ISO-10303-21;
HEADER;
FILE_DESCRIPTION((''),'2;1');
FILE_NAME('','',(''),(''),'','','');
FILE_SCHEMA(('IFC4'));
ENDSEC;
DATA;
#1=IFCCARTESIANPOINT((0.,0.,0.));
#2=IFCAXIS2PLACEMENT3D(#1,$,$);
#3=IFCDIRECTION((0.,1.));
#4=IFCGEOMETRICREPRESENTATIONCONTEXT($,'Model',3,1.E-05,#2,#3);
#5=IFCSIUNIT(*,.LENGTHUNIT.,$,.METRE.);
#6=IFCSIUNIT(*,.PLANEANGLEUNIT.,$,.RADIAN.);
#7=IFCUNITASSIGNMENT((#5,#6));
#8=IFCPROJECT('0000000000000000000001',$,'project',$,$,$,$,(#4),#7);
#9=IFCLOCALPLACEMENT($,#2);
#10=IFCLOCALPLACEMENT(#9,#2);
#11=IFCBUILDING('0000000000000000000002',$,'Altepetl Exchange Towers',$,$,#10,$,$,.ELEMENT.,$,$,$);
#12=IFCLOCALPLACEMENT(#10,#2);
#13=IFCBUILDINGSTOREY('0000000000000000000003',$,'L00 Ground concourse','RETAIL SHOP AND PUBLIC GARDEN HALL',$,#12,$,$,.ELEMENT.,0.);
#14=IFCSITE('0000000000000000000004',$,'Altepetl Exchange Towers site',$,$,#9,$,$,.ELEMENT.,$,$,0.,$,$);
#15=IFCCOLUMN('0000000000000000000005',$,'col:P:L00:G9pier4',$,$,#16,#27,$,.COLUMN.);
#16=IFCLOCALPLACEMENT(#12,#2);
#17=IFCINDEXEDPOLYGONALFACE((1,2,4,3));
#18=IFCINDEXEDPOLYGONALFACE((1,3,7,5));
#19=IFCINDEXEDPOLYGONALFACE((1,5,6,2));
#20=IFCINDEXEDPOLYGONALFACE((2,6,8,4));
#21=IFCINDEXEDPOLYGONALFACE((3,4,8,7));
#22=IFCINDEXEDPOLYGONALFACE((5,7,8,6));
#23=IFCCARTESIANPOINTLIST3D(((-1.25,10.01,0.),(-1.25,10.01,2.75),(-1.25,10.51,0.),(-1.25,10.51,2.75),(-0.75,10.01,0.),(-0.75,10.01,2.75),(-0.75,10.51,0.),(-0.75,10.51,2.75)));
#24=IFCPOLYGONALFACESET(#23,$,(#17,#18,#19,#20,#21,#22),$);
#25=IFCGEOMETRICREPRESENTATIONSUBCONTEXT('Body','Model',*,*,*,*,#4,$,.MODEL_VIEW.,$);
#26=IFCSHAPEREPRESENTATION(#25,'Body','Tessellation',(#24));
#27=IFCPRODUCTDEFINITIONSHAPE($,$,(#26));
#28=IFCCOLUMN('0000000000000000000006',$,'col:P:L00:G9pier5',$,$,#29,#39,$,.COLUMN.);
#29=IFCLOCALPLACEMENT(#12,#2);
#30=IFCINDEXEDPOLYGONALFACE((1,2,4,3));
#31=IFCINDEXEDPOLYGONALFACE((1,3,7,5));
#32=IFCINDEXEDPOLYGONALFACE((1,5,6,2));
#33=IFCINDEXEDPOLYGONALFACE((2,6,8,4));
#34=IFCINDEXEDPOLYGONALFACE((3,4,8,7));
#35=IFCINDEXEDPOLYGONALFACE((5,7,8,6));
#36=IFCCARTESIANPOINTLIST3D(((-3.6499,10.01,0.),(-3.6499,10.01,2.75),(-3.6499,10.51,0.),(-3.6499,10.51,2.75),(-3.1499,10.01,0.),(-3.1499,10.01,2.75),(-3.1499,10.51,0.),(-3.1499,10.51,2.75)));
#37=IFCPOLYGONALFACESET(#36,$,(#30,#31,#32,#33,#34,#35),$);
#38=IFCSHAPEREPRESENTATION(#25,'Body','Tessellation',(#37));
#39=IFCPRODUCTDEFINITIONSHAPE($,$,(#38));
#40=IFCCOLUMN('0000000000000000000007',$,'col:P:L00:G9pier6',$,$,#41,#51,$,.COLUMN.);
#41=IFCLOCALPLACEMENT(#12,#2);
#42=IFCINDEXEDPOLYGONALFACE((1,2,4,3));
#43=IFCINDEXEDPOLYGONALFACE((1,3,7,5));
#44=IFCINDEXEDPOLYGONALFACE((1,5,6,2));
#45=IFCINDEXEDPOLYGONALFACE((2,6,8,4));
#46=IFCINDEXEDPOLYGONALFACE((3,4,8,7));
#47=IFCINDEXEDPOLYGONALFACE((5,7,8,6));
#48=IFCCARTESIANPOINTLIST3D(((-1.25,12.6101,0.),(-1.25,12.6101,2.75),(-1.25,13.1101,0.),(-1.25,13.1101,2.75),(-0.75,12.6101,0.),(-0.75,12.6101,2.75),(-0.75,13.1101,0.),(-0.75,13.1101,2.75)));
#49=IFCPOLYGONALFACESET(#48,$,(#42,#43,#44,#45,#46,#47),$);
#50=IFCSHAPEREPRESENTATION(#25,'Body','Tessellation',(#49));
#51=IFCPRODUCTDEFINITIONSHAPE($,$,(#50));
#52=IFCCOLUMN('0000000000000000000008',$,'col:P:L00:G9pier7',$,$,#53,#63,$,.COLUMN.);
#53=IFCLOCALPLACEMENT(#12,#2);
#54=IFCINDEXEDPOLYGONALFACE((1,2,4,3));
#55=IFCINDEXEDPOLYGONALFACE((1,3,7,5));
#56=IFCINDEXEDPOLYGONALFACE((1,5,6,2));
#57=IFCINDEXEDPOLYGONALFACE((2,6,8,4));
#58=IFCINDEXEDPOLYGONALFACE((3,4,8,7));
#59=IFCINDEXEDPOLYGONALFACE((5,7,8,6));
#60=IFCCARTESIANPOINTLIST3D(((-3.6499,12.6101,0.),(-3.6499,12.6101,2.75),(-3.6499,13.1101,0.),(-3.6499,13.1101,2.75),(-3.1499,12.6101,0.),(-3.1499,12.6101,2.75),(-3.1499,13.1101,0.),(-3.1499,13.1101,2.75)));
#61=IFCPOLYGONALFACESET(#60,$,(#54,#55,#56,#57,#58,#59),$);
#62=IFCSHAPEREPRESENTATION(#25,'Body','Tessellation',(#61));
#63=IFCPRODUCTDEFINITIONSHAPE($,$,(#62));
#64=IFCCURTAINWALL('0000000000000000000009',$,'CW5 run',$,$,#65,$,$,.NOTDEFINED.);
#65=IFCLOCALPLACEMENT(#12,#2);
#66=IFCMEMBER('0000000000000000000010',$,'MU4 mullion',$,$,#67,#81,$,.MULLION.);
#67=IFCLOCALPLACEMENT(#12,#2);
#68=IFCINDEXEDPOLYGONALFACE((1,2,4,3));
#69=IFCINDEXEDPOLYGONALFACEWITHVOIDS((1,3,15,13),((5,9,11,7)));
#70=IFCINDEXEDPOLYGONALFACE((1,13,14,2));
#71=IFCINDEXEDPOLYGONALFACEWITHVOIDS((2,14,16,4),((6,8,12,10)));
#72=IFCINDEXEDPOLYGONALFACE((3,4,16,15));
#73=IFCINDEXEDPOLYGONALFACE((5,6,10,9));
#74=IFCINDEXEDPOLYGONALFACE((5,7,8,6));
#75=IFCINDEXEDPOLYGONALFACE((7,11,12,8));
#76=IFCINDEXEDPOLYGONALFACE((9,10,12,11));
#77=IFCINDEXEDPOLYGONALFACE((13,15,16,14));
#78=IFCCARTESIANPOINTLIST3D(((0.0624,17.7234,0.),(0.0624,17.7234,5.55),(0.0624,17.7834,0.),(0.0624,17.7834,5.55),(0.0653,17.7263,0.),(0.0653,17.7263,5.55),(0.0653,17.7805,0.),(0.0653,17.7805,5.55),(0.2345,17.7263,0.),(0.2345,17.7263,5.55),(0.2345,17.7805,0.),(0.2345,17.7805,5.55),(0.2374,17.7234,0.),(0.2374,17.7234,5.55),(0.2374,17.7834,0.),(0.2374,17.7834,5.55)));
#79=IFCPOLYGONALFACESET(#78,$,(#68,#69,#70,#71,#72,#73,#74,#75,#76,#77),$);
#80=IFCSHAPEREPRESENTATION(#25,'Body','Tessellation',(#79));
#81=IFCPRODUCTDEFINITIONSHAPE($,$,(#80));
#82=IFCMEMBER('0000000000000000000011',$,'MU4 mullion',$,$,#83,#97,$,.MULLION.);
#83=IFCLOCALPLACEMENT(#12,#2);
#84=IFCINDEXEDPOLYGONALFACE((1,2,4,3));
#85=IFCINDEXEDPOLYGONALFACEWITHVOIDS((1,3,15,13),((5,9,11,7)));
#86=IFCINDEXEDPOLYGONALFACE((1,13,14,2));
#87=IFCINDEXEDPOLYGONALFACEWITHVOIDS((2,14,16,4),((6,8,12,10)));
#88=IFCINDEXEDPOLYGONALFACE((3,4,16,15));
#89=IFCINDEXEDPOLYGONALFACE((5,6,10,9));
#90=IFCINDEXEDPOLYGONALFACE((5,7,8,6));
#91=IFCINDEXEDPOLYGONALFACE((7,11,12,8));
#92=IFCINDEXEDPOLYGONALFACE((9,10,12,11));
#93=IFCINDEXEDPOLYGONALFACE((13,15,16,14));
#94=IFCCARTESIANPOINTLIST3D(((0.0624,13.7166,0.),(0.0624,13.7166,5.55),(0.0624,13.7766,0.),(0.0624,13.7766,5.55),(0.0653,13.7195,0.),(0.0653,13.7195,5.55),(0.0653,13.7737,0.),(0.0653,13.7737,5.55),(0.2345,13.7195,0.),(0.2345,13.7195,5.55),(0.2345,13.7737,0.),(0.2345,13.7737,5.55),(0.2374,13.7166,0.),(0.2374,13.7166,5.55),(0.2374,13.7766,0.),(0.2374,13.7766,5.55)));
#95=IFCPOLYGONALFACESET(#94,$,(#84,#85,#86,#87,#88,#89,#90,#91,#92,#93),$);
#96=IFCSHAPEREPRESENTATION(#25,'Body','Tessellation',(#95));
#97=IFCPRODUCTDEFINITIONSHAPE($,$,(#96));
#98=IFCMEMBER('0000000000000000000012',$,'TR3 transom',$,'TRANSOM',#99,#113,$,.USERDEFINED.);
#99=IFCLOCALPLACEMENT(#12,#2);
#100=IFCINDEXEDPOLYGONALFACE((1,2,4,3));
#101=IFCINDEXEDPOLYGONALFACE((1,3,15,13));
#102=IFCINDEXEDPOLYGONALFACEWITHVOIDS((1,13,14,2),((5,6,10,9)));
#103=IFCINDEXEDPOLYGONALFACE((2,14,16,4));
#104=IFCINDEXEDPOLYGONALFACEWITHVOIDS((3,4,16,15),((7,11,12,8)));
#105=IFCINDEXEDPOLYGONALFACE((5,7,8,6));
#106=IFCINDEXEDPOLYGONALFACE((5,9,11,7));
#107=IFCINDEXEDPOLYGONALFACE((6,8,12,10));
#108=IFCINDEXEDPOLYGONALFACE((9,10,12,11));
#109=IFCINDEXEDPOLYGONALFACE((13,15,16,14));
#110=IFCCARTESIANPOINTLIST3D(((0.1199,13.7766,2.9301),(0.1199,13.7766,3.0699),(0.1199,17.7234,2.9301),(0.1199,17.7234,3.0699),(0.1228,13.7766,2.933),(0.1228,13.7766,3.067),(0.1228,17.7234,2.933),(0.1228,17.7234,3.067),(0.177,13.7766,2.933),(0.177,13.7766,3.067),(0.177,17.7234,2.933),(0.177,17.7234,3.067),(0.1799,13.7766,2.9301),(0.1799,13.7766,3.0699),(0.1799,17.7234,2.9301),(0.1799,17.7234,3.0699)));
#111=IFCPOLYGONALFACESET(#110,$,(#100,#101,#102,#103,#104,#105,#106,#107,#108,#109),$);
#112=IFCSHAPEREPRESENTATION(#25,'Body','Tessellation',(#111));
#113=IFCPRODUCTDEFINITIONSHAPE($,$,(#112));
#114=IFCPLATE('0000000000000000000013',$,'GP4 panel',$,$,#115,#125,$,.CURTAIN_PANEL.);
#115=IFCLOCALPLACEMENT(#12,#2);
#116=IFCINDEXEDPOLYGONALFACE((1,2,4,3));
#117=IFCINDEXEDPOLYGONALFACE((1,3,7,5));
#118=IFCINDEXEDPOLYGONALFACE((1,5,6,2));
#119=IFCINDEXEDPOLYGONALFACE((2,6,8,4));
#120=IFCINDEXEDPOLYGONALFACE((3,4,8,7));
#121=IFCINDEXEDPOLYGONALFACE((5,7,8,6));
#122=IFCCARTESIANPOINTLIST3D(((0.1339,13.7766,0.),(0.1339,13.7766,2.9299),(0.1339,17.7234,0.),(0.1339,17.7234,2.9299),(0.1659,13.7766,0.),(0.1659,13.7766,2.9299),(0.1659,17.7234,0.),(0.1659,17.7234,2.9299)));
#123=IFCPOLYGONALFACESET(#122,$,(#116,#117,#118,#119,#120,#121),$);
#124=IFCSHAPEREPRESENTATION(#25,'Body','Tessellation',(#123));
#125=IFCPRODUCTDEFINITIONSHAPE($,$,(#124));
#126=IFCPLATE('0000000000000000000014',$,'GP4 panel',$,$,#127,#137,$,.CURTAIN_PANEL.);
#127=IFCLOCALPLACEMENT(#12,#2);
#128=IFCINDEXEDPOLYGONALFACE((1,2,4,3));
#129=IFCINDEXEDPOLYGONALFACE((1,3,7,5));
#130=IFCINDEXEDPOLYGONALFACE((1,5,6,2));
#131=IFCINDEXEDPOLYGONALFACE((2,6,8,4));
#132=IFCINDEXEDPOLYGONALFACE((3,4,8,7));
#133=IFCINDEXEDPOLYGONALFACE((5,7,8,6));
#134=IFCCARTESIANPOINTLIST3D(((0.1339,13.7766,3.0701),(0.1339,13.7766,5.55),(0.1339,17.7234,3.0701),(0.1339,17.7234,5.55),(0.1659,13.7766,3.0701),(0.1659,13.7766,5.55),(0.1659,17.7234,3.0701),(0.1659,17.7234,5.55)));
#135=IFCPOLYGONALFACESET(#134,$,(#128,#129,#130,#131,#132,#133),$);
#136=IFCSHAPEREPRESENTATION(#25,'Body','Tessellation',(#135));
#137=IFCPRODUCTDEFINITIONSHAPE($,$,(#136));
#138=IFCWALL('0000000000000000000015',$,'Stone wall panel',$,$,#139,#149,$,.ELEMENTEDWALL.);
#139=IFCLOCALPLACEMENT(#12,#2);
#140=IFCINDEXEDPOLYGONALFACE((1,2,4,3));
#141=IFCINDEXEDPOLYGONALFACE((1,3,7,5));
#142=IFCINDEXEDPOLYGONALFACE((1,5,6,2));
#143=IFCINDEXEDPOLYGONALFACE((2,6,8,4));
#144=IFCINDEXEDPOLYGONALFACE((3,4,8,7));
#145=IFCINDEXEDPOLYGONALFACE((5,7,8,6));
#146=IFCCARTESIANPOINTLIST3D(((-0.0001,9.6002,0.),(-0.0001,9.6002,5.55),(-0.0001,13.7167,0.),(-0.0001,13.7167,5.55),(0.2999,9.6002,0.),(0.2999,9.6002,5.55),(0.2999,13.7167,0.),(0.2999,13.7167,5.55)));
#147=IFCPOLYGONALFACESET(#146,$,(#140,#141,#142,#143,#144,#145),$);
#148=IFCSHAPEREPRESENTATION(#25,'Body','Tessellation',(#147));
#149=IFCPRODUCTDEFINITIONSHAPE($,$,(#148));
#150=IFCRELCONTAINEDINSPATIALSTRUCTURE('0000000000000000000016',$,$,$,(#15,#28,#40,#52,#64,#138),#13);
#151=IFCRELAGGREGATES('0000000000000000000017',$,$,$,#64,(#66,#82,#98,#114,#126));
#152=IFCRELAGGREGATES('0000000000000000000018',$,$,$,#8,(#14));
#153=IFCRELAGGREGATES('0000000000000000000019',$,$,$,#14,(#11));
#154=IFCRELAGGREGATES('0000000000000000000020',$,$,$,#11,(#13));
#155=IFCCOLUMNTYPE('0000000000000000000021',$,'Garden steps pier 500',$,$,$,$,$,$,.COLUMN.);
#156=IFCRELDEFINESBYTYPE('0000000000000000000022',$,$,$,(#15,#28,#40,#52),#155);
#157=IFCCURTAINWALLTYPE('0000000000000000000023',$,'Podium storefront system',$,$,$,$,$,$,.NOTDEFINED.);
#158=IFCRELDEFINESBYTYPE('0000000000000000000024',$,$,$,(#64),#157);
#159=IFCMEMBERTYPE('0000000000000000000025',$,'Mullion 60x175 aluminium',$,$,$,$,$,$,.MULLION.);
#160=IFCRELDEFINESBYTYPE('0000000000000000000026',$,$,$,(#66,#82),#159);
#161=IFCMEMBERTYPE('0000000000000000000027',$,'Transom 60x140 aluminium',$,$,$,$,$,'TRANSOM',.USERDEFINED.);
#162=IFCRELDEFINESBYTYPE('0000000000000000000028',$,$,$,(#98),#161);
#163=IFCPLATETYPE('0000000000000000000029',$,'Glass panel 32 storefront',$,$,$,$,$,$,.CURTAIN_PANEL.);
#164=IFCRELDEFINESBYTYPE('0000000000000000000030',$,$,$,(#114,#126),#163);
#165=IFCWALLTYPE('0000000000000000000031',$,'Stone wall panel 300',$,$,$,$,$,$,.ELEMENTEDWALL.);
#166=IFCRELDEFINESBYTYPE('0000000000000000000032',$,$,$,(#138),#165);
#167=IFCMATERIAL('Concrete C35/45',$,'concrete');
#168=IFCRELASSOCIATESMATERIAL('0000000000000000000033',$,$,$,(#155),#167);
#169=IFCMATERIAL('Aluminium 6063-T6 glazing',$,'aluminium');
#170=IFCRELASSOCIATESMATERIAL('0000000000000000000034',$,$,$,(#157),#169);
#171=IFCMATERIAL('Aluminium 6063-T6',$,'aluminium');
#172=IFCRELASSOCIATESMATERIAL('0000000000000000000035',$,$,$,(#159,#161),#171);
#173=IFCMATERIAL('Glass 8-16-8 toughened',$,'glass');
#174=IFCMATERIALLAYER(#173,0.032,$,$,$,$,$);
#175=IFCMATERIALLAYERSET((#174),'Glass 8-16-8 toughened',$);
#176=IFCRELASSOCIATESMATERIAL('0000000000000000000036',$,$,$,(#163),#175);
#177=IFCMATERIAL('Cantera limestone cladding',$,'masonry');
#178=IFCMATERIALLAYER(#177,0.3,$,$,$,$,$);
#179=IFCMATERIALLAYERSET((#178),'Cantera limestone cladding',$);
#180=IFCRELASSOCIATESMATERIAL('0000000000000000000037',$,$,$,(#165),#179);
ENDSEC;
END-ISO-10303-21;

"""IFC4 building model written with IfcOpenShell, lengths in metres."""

from ifc_helpers import new_model, si_unit, direction, frame, frame_2d, origin, origin_2d, place, context, subcontext, project, spatial, rectangle, hollow_rectangle, extrude, material, layer, layer_set, material_profile, profile_set, type_object, element, aggregate, save


model = new_model("IFC4")

# Units and contexts
model_context = context("Model", 3, precision=1e-05, world=origin(), true_north=direction((0.0, 1.0)))
body_context = subcontext(model_context, "Body", "Model", "MODEL_VIEW")
ifc_project = project(units=[si_unit("LENGTHUNIT", "METRE"), si_unit("PLANEANGLEUNIT", "RADIAN")], contexts=[model_context])

# Site, building, storey
site_placement = place(None, origin())
site = spatial("IfcSite", under=ifc_project, at=site_placement, Name="Altepetl Exchange Towers site", CompositionType="ELEMENT", RefElevation=0.0)
building_placement = place(site_placement, origin())
building = spatial("IfcBuilding", under=site, at=building_placement, Name="Altepetl Exchange Towers", CompositionType="ELEMENT")
storey_placement = place(building_placement, origin())
storey = spatial("IfcBuildingStorey", under=building, at=storey_placement, Name="L00 Ground concourse", Description="RETAIL SHOP AND PUBLIC GARDEN HALL", CompositionType="ELEMENT", Elevation=0.0)

# Columns
ifc_material_1 = material(Name="Concrete C35/45", Category="concrete")
ifc_material_profile_1 = material_profile(ifc_material_1, rectangle(XDim=0.5, YDim=0.5, at=origin_2d()), Name="500 x 500")
ifc_profile_set_1 = profile_set([ifc_material_profile_1], Name="Concrete C35/45")
column_type = type_object("IfcColumnType", Name="Garden steps pier 500", PredefinedType="COLUMN", material=ifc_profile_set_1)
for number, where, name in (
    (1, (-1.0, 10.26, 0.0), "col:P:L00:G9pier4"),
    (2, (-3.3999, 10.26, 0.0), "col:P:L00:G9pier5"),
    (3, (-1.0, 12.8601, 0.0), "col:P:L00:G9pier6"),
    (4, (-3.3999, 12.8601, 0.0), "col:P:L00:G9pier7"),
):
    element("IfcColumn", number, at=place(storey_placement, frame(where)), inside=storey, type_object=column_type, Name=name, PredefinedType="COLUMN", context=body_context, shape_type="SweptSolid", body=[
        extrude(rectangle(XDim=0.5, YDim=0.5, at=origin_2d()), origin(), (0.0, 0.0, 1.0), 2.75),
    ])

# Curtain wall, members, plates
ifc_material_2 = material(Name="Aluminium 6063-T6 glazing", Category="aluminium")
curtain_wall_type = type_object("IfcCurtainWallType", Name="Podium storefront system", PredefinedType="NOTDEFINED", material=ifc_material_2)
curtain_wall_placement = place(storey_placement, origin())
curtain_wall = element("IfcCurtainWall", 5, at=curtain_wall_placement, inside=storey, type_object=curtain_wall_type, Name="CW5 run", PredefinedType="NOTDEFINED")
ifc_material_3 = material(Name="Aluminium 6063-T6", Category="aluminium")
ifc_material_profile_2 = material_profile(ifc_material_3, hollow_rectangle(XDim=0.0601, YDim=0.175, WallThickness=0.0029, at=origin_2d()), Name="Mullion 60x175 aluminium")
ifc_profile_set_2 = profile_set([ifc_material_profile_2], Name="Aluminium 6063-T6")
member_type_1 = type_object("IfcMemberType", Name="Mullion 60x175 aluminium", PredefinedType="MULLION", material=ifc_profile_set_2)
member_1_placement = place(storey_placement, frame((0.1499, 17.7534, 0.0), z_axis=(0.0, 0.0, 1.0), x_axis=(0.0, -1.0, 0.0)))
member_1 = element("IfcMember", 6, at=member_1_placement, type_object=member_type_1, Name="MU4 mullion", PredefinedType="MULLION", context=body_context, shape_type="SweptSolid", body=[
    extrude(hollow_rectangle(XDim=0.0601, YDim=0.175, WallThickness=0.0029, at=origin_2d()), origin(), (0.0, 0.0, 1.0), 5.55),
])
member_2_placement = place(storey_placement, frame((0.1499, 13.7466, 0.0), z_axis=(0.0, 0.0, 1.0), x_axis=(0.0, -1.0, 0.0)))
member_2 = element("IfcMember", 7, at=member_2_placement, type_object=member_type_1, Name="MU4 mullion", PredefinedType="MULLION", context=body_context, shape_type="SweptSolid", body=[
    extrude(hollow_rectangle(XDim=0.0601, YDim=0.175, WallThickness=0.0029, at=origin_2d()), origin(), (0.0, 0.0, 1.0), 5.55),
])
ifc_material_profile_3 = material_profile(ifc_material_3, hollow_rectangle(XDim=0.0601, YDim=0.1399, WallThickness=0.0029, at=origin_2d()), Name="Transom 60x140 aluminium")
ifc_profile_set_3 = profile_set([ifc_material_profile_3], Name="Aluminium 6063-T6")
member_type_2 = type_object("IfcMemberType", Name="Transom 60x140 aluminium", ElementType="TRANSOM", PredefinedType="USERDEFINED", material=ifc_profile_set_3)
member_3_placement = place(storey_placement, frame((0.1499, 17.7234, 3.0), z_axis=(0.0, -1.0, 0.0), x_axis=(1.0, 0.0, 0.0)))
member_3 = element("IfcMember", 8, at=member_3_placement, type_object=member_type_2, Name="TR3 transom", ObjectType="TRANSOM", PredefinedType="USERDEFINED", context=body_context, shape_type="SweptSolid", body=[
    extrude(hollow_rectangle(XDim=0.0601, YDim=0.1399, WallThickness=0.0029, at=origin_2d()), origin(), (0.0, 0.0, 1.0), 3.9468),
])
ifc_material_4 = material(Name="Glass 8-16-8 toughened", Category="glass")
ifc_layer_1 = layer(ifc_material_4, 0.032)
ifc_layer_set_1 = layer_set([ifc_layer_1], Name="Glass 8-16-8 toughened")
plate_type = type_object("IfcPlateType", Name="Glass panel 32 storefront", PredefinedType="CURTAIN_PANEL", material=ifc_layer_set_1)
plate_1_placement = place(storey_placement, frame((0.1499, 15.75, 0.0), z_axis=(0.0, 0.0, 1.0), x_axis=(0.0, -1.0, 0.0)))
plate_1 = element("IfcPlate", 9, at=plate_1_placement, type_object=plate_type, Name="GP4 panel", PredefinedType="CURTAIN_PANEL", context=body_context, shape_type="SweptSolid", body=[
    extrude(rectangle(XDim=3.9468, YDim=0.032, at=origin_2d()), origin(), (0.0, 0.0, 1.0), 2.9299),
])
plate_2_placement = place(storey_placement, frame((0.1499, 15.75, 3.0701), z_axis=(0.0, 0.0, 1.0), x_axis=(0.0, -1.0, 0.0)))
plate_2 = element("IfcPlate", 10, at=plate_2_placement, type_object=plate_type, Name="GP4 panel", PredefinedType="CURTAIN_PANEL", context=body_context, shape_type="SweptSolid", body=[
    extrude(rectangle(XDim=3.9468, YDim=0.032, at=origin_2d()), origin(), (0.0, 0.0, 1.0), 2.48),
])
aggregate(curtain_wall, [member_1, member_2, member_3, plate_1, plate_2])

# Wall
ifc_material_5 = material(Name="Cantera limestone cladding", Category="masonry")
ifc_layer_2 = layer(ifc_material_5, 0.3)
ifc_layer_set_2 = layer_set([ifc_layer_2], Name="Cantera limestone cladding")
wall_type = type_object("IfcWallType", Name="Stone wall panel 300", PredefinedType="ELEMENTEDWALL", material=ifc_layer_set_2)
wall_placement = place(storey_placement, frame((0.1499, 13.7166, 0.0), z_axis=(0.0, 0.0, 1.0), x_axis=(0.0, -1.0, 0.0)))
element("IfcWall", 11, at=wall_placement, inside=storey, type_object=wall_type, Name="Stone wall panel", PredefinedType="ELEMENTEDWALL", context=body_context, shape_type="SweptSolid", body=[
    extrude(rectangle(XDim=4.1165, YDim=0.3, at=frame_2d((2.0581, 0.0))), origin(), (0.0, 0.0, 1.0), 5.55),
])

save(model, "model.ifc")
